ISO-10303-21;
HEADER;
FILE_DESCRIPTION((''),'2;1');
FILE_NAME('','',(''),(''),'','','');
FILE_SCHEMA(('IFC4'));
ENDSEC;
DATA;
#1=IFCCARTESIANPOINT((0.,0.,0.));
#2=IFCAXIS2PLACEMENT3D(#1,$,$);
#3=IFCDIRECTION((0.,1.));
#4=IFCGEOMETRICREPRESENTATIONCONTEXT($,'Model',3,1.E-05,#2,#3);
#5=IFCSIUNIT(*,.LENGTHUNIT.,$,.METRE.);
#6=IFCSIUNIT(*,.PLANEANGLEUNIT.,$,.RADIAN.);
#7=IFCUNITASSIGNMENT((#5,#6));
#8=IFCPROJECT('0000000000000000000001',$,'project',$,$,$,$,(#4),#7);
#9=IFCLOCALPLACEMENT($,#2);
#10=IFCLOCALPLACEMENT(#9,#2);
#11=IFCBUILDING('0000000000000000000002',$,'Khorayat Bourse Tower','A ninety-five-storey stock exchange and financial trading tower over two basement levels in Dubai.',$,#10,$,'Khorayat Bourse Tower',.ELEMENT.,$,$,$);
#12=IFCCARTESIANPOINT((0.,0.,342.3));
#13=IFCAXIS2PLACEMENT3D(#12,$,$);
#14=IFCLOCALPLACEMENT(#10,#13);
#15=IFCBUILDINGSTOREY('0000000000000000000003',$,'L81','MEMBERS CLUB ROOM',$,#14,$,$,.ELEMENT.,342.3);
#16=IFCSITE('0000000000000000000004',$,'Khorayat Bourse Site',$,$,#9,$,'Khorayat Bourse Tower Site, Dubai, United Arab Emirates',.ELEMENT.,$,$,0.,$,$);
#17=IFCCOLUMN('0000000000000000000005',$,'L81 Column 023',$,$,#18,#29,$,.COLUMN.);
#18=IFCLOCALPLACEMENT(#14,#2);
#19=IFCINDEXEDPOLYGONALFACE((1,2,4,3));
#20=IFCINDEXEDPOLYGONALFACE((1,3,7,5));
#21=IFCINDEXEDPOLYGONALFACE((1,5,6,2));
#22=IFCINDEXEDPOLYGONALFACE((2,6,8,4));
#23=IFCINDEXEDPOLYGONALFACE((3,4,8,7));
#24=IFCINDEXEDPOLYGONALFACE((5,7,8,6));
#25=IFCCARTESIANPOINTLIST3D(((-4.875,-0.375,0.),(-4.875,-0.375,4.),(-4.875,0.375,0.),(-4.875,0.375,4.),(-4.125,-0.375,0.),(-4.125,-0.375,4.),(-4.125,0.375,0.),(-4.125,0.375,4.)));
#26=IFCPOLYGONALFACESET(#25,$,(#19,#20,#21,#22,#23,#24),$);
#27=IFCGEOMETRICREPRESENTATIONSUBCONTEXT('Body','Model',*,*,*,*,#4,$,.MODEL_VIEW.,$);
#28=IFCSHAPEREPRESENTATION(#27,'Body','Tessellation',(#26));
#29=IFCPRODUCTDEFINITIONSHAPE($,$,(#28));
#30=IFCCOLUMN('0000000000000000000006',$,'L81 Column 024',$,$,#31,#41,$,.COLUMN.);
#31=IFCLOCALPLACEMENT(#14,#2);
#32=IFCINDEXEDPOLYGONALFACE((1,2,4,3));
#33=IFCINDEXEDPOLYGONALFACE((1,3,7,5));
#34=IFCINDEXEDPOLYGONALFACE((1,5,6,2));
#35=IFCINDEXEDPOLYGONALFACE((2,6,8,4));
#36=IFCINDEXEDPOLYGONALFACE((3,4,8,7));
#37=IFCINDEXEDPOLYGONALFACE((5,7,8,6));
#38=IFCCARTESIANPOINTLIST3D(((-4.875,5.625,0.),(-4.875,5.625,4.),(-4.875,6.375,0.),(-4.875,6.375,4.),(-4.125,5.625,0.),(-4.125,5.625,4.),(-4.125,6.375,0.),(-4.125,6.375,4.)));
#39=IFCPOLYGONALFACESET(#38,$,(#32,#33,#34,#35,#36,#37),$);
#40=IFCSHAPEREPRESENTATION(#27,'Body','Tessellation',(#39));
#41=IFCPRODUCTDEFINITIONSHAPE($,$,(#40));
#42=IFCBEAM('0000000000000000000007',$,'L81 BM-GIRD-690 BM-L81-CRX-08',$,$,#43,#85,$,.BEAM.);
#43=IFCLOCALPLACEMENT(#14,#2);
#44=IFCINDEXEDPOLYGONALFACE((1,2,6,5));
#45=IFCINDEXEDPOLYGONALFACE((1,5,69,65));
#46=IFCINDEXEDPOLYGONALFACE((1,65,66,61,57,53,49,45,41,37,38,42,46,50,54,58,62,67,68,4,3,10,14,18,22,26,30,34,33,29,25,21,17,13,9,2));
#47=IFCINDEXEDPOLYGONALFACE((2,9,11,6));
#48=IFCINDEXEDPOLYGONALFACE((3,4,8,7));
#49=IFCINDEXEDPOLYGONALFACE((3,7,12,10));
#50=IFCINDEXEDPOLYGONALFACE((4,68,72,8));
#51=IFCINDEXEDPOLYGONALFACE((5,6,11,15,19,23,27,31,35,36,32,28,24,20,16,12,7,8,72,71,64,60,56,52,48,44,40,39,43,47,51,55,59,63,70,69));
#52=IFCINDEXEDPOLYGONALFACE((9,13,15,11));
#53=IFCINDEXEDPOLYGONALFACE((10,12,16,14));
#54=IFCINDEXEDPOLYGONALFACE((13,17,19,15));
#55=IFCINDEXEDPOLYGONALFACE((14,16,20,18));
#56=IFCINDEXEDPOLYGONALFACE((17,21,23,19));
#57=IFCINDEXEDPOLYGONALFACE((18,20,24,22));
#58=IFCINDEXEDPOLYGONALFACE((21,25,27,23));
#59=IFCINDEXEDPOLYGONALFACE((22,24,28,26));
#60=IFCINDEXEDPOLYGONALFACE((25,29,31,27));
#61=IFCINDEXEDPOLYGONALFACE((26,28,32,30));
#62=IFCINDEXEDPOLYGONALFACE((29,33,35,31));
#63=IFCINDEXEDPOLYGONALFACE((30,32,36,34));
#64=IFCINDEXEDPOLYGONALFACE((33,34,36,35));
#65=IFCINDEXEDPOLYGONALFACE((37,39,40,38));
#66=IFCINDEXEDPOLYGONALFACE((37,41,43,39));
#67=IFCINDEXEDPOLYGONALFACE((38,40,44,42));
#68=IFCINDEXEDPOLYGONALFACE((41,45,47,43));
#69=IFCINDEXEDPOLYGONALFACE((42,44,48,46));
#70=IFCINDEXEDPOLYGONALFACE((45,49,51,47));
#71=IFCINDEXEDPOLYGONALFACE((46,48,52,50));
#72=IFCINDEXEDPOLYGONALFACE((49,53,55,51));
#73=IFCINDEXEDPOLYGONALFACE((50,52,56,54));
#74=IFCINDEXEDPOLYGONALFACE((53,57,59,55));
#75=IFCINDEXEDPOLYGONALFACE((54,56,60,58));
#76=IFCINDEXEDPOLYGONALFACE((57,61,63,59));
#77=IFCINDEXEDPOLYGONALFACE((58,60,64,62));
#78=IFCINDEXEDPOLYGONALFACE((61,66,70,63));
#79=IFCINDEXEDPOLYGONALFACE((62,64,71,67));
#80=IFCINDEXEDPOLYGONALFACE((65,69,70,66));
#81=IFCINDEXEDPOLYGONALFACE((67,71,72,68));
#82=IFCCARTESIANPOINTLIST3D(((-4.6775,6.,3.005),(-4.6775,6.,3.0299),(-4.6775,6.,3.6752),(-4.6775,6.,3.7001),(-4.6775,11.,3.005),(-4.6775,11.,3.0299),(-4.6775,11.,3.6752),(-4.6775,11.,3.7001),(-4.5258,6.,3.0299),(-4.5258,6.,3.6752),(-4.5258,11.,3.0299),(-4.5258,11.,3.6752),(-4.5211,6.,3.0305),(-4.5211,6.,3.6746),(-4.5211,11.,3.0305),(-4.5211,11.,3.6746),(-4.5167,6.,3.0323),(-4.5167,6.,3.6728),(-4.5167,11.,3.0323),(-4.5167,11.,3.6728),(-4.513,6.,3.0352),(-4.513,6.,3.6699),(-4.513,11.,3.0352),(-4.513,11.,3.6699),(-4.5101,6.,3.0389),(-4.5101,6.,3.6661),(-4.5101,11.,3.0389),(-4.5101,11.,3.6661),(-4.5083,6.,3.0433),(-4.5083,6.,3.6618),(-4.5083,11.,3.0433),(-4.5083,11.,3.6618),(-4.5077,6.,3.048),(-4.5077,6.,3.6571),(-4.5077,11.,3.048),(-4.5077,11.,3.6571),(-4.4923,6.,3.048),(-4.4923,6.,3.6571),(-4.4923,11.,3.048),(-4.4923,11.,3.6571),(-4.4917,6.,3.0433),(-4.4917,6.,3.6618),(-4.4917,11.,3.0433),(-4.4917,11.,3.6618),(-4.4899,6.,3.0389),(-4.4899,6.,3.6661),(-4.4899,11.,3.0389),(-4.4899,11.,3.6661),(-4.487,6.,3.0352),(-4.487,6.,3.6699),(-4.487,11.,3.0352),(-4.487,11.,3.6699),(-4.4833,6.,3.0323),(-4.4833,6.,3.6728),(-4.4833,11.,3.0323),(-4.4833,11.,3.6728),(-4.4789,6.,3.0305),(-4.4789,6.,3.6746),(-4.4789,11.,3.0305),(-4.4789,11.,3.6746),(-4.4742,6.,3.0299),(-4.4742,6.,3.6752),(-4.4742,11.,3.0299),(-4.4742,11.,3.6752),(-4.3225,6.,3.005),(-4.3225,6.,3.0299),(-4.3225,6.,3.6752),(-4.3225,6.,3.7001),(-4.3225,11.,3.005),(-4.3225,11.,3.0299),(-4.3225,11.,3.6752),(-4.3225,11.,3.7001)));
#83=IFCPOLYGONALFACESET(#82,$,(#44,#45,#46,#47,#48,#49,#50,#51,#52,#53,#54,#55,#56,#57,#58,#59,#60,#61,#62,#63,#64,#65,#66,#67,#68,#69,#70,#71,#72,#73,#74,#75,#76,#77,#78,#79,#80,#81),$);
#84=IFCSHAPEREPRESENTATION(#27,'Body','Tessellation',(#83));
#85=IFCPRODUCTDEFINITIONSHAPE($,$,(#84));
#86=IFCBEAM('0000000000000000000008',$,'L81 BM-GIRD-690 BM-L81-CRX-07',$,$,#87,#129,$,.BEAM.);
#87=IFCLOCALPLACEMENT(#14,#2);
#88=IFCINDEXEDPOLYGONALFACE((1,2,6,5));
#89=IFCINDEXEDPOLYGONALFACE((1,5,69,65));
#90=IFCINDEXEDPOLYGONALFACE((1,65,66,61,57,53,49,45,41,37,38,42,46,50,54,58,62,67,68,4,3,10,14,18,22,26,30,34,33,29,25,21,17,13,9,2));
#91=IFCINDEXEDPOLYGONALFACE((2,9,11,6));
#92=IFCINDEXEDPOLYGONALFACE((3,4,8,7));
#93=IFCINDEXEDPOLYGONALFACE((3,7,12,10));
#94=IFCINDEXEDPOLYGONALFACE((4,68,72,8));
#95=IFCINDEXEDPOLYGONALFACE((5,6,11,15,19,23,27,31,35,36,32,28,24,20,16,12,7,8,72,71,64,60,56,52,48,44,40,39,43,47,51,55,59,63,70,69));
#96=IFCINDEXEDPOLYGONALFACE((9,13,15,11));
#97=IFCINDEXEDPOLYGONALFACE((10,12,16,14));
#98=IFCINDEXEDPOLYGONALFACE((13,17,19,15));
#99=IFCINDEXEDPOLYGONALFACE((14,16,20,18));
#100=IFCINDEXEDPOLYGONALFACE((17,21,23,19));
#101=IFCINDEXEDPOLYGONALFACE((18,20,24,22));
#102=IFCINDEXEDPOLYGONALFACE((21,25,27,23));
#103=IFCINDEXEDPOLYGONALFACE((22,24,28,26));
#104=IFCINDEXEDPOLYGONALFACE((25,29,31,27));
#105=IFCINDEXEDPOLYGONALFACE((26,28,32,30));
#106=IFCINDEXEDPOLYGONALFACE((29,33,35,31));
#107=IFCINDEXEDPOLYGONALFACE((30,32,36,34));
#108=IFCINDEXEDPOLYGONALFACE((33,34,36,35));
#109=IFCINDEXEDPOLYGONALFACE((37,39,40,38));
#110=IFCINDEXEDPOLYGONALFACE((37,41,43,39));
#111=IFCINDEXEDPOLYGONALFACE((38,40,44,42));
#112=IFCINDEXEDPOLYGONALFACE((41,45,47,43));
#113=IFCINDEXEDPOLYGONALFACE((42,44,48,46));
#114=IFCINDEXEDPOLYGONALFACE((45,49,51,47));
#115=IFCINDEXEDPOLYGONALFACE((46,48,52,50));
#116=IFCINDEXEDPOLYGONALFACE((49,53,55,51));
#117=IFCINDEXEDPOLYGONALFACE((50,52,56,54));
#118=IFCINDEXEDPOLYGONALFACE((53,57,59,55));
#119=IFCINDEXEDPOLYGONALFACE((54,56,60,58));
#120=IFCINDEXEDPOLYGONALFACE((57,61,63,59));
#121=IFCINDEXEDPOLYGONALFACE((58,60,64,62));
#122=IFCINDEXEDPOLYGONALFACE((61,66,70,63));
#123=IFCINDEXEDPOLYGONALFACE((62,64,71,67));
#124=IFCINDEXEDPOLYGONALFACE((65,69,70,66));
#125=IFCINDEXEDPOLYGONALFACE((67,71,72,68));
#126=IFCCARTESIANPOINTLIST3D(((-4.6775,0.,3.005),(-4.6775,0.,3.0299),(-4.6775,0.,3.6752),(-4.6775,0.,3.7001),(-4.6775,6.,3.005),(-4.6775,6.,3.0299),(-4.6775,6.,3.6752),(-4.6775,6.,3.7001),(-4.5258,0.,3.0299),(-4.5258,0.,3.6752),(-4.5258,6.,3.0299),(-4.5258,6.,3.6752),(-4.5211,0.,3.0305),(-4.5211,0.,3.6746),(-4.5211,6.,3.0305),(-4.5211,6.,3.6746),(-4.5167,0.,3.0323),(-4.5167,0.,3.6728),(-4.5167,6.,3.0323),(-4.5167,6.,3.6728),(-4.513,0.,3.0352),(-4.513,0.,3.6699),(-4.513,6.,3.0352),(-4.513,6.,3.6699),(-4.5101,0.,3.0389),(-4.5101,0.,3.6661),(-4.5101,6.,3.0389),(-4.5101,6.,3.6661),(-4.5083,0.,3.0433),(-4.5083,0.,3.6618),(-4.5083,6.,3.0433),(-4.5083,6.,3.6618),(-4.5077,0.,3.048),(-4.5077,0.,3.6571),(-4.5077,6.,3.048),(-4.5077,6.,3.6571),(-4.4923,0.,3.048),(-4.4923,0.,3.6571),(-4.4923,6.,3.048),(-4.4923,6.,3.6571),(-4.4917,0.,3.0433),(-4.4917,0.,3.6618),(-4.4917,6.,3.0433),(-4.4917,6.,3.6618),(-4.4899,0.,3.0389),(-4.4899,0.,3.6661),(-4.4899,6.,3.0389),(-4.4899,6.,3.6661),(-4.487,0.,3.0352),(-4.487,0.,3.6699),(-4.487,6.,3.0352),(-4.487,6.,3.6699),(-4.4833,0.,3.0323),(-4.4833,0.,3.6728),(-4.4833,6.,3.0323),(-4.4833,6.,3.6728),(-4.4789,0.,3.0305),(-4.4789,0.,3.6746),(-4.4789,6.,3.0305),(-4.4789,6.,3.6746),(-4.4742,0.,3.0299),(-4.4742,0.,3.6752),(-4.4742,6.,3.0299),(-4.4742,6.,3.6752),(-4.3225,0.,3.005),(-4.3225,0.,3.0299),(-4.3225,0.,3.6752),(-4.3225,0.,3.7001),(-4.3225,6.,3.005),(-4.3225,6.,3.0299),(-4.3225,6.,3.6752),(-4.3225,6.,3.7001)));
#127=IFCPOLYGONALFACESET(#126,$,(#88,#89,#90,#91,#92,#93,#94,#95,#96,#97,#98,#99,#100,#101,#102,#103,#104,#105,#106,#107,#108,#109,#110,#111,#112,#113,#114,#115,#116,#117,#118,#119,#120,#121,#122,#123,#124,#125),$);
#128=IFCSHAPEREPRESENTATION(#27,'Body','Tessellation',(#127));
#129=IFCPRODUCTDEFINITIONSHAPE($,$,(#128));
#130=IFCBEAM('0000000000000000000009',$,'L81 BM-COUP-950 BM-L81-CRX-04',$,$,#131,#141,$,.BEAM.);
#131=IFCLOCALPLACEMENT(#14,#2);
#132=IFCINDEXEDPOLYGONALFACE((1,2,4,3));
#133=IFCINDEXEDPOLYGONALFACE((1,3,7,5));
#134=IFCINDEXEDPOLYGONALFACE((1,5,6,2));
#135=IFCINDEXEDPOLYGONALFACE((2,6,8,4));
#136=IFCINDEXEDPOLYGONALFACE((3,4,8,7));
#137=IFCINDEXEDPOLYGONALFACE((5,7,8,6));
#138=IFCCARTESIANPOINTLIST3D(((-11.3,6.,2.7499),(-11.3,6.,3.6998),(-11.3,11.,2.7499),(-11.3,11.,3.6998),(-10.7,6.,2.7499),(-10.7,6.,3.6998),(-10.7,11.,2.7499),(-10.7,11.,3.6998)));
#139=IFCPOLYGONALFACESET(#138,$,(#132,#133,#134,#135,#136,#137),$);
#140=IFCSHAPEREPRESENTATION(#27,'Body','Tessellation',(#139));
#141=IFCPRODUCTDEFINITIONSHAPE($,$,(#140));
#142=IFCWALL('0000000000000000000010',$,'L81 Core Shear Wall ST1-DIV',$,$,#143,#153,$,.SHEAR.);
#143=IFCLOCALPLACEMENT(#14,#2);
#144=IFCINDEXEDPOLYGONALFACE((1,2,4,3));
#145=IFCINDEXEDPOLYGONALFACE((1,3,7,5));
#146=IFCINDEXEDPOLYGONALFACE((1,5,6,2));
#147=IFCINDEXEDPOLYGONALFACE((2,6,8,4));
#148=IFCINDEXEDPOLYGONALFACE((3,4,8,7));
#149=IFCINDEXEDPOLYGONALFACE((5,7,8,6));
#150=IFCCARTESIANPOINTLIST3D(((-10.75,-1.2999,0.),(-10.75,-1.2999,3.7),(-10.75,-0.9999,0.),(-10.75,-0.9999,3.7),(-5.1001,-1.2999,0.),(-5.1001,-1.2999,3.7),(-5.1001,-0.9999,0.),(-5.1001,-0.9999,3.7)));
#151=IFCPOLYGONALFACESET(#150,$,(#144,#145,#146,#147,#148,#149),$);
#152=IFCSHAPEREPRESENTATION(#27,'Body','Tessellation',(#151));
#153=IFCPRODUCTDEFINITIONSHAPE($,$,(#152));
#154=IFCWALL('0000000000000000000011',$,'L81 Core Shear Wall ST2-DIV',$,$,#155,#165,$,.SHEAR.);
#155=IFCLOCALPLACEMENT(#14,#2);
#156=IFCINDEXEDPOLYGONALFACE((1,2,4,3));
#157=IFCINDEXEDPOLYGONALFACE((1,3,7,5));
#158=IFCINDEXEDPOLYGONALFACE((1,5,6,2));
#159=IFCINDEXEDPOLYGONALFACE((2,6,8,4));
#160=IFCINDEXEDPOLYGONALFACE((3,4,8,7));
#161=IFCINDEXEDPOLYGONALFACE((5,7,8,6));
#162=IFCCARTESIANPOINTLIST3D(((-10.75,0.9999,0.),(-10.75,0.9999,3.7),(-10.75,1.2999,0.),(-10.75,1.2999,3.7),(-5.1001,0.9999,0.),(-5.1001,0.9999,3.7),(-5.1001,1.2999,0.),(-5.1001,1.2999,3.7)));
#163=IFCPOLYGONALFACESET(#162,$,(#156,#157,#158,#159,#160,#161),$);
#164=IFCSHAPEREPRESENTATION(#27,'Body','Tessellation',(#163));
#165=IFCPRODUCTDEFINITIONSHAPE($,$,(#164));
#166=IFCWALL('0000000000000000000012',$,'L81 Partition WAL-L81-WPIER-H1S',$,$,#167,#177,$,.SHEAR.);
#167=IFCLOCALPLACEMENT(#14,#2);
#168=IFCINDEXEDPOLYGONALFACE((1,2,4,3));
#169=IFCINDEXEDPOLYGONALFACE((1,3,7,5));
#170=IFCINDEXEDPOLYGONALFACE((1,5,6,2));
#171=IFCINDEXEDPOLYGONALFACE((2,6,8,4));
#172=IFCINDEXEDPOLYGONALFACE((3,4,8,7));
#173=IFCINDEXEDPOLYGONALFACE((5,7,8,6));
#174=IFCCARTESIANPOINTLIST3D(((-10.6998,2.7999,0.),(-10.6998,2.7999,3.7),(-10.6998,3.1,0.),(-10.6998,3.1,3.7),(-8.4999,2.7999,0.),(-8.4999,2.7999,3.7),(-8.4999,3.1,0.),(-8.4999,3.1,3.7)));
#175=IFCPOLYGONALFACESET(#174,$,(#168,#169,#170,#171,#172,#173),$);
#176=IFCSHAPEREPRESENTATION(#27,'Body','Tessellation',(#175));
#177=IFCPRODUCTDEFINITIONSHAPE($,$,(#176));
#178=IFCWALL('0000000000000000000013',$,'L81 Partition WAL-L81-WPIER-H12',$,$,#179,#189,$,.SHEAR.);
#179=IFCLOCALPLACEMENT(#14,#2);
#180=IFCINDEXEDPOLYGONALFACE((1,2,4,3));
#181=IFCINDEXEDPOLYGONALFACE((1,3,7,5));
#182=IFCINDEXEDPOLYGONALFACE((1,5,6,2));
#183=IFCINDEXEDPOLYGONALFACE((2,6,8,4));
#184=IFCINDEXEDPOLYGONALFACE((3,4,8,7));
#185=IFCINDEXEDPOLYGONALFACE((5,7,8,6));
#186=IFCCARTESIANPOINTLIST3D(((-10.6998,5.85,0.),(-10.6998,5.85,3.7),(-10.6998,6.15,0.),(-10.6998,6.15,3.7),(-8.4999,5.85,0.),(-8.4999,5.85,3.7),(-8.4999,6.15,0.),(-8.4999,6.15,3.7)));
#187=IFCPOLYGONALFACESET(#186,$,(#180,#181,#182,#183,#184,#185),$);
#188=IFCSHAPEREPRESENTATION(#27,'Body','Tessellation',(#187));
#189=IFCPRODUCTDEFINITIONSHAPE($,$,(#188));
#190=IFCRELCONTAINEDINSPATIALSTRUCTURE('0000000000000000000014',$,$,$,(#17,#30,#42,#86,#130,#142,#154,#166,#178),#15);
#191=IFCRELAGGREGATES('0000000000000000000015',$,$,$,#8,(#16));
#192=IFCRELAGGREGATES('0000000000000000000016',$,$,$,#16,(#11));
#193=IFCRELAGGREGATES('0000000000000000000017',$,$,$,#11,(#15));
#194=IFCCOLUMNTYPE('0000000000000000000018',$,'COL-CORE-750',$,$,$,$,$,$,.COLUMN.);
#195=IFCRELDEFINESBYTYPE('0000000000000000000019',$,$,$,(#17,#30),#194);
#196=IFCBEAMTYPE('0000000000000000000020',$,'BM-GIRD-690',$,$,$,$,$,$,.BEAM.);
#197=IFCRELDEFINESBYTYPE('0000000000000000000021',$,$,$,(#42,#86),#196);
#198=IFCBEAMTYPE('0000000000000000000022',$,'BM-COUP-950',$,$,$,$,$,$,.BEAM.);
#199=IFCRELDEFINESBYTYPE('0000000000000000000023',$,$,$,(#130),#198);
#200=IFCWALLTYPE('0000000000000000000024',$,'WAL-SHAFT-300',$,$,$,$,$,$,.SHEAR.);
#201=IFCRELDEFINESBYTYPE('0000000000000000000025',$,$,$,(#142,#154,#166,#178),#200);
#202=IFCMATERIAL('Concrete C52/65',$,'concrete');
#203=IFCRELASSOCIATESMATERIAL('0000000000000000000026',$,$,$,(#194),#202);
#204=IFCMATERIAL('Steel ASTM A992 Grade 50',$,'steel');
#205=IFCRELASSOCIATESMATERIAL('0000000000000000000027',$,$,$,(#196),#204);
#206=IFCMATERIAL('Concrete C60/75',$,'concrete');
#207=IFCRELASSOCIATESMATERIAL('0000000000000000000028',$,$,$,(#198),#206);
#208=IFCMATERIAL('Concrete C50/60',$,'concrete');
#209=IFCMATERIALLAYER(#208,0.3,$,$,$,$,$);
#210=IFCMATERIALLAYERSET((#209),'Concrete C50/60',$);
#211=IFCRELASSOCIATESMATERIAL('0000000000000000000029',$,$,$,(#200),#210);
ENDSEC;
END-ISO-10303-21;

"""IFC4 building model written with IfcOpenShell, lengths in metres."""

from ifc_helpers import new_model, si_unit, direction, frame, frame_2d, origin, origin_2d, place, context, subcontext, project, spatial, rectangle, i_section, extrude, source, transform, mapped, material, layer, layer_set, material_profile, profile_set, type_object, element, save


model = new_model("IFC4")

# Units and contexts
model_context = context("Model", 3, precision=1e-05, world=origin(), true_north=direction((0.0, 1.0)))
body_context = subcontext(model_context, "Body", "Model", "MODEL_VIEW")
ifc_project = project(units=[si_unit("LENGTHUNIT", "METRE"), si_unit("PLANEANGLEUNIT", "RADIAN")], contexts=[model_context])

# Site, building, storey
site_placement = place(None, origin())
site = spatial("IfcSite", under=ifc_project, at=site_placement, Name="Khorayat Bourse Site", LongName="Khorayat Bourse Tower Site, Dubai, United Arab Emirates", CompositionType="ELEMENT", RefElevation=0.0)
building_placement = place(site_placement, origin())
building = spatial("IfcBuilding", under=site, at=building_placement, Name="Khorayat Bourse Tower", Description="A ninety-five-storey stock exchange and financial trading tower over two basement levels in Dubai.", LongName="Khorayat Bourse Tower", CompositionType="ELEMENT")
storey_placement = place(building_placement, frame((0.0, 0.0, 342.3)))
storey = spatial("IfcBuildingStorey", under=building, at=storey_placement, Name="L81", Description="MEMBERS CLUB ROOM", CompositionType="ELEMENT", Elevation=342.3)

# Columns
ifc_material_1 = material(Name="Concrete C52/65", Category="concrete")
ifc_material_profile_1 = material_profile(ifc_material_1, rectangle(XDim=0.75, YDim=0.75, at=origin_2d()), Name="RC 750x750")
ifc_profile_set_1 = profile_set([ifc_material_profile_1], Name="Concrete C52/65")
column_type = type_object("IfcColumnType", Name="COL-CORE-750", PredefinedType="COLUMN", material=ifc_profile_set_1)
shared_shape_1 = source(origin(), body_context, "Body", "SweptSolid", [
    extrude(rectangle(XDim=0.75, YDim=0.75, at=origin_2d()), origin(), (0.0, 0.0, 1.0), 4.0),
])
for number, where, z_axis, x_axis, name in (
    (1, (-4.5, 0.0, 0.0), (0.0, 0.0, 1.0), (1.0, 0.0, 0.0), "L81 Column 023"),
    (2, (-4.5, 6.0, 0.0), (0.0, 0.0, 1.0), (1.0, 0.0, 0.0), "L81 Column 024"),
):
    element("IfcColumn", number, at=place(storey_placement, frame(where, z_axis=z_axis, x_axis=x_axis)), inside=storey, type_object=column_type, Name=name, PredefinedType="COLUMN", context=body_context, shape_type="MappedRepresentation", body=[
        mapped(shared_shape_1, transform((0.0, 0.0, 0.0), scale=1.0)),
    ])

# Beams
ifc_material_2 = material(Name="Steel ASTM A992 Grade 50", Category="steel")
ifc_material_profile_2 = material_profile(ifc_material_2, i_section(OverallWidth=0.355, OverallDepth=0.6951, WebThickness=0.0154, FlangeThickness=0.0249, FilletRadius=0.0181, at=origin_2d()), Name="W690X217")
ifc_profile_set_2 = profile_set([ifc_material_profile_2], Name="Steel ASTM A992 Grade 50")
beam_type_1 = type_object("IfcBeamType", Name="BM-GIRD-690", PredefinedType="BEAM", material=ifc_profile_set_2)
shared_shape_2 = source(origin(), body_context, "Body", "SweptSolid", [
    extrude(i_section(OverallWidth=0.355, OverallDepth=0.6951, WebThickness=0.0154, FlangeThickness=0.0249, FilletRadius=0.0181, at=origin_2d()), origin(), (0.0, 0.0, 1.0), 5.0),
])
beam_1_placement = place(storey_placement, frame((-4.5, 6.0, 3.3525), z_axis=(0.0, 1.0, 0.0), x_axis=(-1.0, 0.0, 0.0)))
element("IfcBeam", 3, at=beam_1_placement, inside=storey, type_object=beam_type_1, Name="L81 BM-GIRD-690 BM-L81-CRX-08", PredefinedType="BEAM", context=body_context, shape_type="MappedRepresentation", body=[
    mapped(shared_shape_2, transform((0.0, 0.0, 0.0), scale=1.0)),
])
shared_shape_3 = source(origin(), body_context, "Body", "SweptSolid", [
    extrude(i_section(OverallWidth=0.355, OverallDepth=0.6951, WebThickness=0.0154, FlangeThickness=0.0249, FilletRadius=0.0181, at=origin_2d()), origin(), (0.0, 0.0, 1.0), 6.0),
])
beam_2_placement = place(storey_placement, frame((-4.5, 0.0, 3.3525), z_axis=(0.0, 1.0, 0.0), x_axis=(-1.0, 0.0, 0.0)))
element("IfcBeam", 4, at=beam_2_placement, inside=storey, type_object=beam_type_1, Name="L81 BM-GIRD-690 BM-L81-CRX-07", PredefinedType="BEAM", context=body_context, shape_type="MappedRepresentation", body=[
    mapped(shared_shape_3, transform((0.0, 0.0, 0.0), scale=1.0)),
])
ifc_material_3 = material(Name="Concrete C60/75", Category="concrete")
ifc_material_profile_3 = material_profile(ifc_material_3, rectangle(XDim=0.6001, YDim=0.95, at=origin_2d()), Name="RC 600x950")
ifc_profile_set_3 = profile_set([ifc_material_profile_3], Name="Concrete C60/75")
beam_type_2 = type_object("IfcBeamType", Name="BM-COUP-950", PredefinedType="BEAM", material=ifc_profile_set_3)
shared_shape_4 = source(origin(), body_context, "Body", "SweptSolid", [
    extrude(rectangle(XDim=0.6001, YDim=0.95, at=origin_2d()), origin(), (0.0, 0.0, 1.0), 5.0),
])
beam_3_placement = place(storey_placement, frame((-11.0, 6.0, 3.2249), z_axis=(0.0, 1.0, 0.0), x_axis=(-1.0, 0.0, 0.0)))
element("IfcBeam", 5, at=beam_3_placement, inside=storey, type_object=beam_type_2, Name="L81 BM-COUP-950 BM-L81-CRX-04", PredefinedType="BEAM", context=body_context, shape_type="MappedRepresentation", body=[
    mapped(shared_shape_4, transform((0.0, 0.0, 0.0), scale=1.0)),
])

# Walls
ifc_material_4 = material(Name="Concrete C50/60", Category="concrete")
ifc_layer_1 = layer(ifc_material_4, 0.3)
ifc_layer_set_1 = layer_set([ifc_layer_1], Name="Concrete C50/60")
wall_type_1 = type_object("IfcWallType", Name="WAL-SHAFT-300", PredefinedType="SHEAR", material=ifc_layer_set_1)
shared_shape_5 = source(origin(), body_context, "Body", "SweptSolid", [
    extrude(rectangle(XDim=5.6499, YDim=0.3, at=frame_2d((2.825, 0.0))), origin(), (0.0, 0.0, 1.0), 3.7),
])
for number, where, z_axis, x_axis, name in (
    (6, (-10.75, -1.1499, 0.0), (0.0, 0.0, 1.0), (1.0, 0.0, 0.0), "L81 Core Shear Wall ST1-DIV"),
    (7, (-10.75, 1.1499, 0.0), (0.0, 0.0, 1.0), (1.0, 0.0, 0.0), "L81 Core Shear Wall ST2-DIV"),
):
    element("IfcWall", number, at=place(storey_placement, frame(where, z_axis=z_axis, x_axis=x_axis)), inside=storey, type_object=wall_type_1, Name=name, PredefinedType="SHEAR", context=body_context, shape_type="MappedRepresentation", body=[
        mapped(shared_shape_5, transform((0.0, 0.0, 0.0), scale=1.0)),
    ])
shared_shape_6 = source(origin(), body_context, "Body", "SweptSolid", [
    extrude(rectangle(XDim=2.2, YDim=0.3, at=frame_2d((1.1001, 0.0))), origin(), (0.0, 0.0, 1.0), 3.7),
])
for number, where, z_axis, x_axis, name in (
    (8, (-10.7, 2.95, 0.0), (0.0, 0.0, 1.0), (1.0, 0.0, 0.0), "L81 Partition WAL-L81-WPIER-H1S"),
    (9, (-10.7, 6.0, 0.0), (0.0, 0.0, 1.0), (1.0, 0.0, 0.0), "L81 Partition WAL-L81-WPIER-H12"),
):
    element("IfcWall", number, at=place(storey_placement, frame(where, z_axis=z_axis, x_axis=x_axis)), inside=storey, type_object=wall_type_1, Name=name, PredefinedType="SHEAR", context=body_context, shape_type="MappedRepresentation", body=[
        mapped(shared_shape_6, transform((0.0, 0.0, 0.0), scale=1.0)),
    ])

save(model, "model.ifc")
